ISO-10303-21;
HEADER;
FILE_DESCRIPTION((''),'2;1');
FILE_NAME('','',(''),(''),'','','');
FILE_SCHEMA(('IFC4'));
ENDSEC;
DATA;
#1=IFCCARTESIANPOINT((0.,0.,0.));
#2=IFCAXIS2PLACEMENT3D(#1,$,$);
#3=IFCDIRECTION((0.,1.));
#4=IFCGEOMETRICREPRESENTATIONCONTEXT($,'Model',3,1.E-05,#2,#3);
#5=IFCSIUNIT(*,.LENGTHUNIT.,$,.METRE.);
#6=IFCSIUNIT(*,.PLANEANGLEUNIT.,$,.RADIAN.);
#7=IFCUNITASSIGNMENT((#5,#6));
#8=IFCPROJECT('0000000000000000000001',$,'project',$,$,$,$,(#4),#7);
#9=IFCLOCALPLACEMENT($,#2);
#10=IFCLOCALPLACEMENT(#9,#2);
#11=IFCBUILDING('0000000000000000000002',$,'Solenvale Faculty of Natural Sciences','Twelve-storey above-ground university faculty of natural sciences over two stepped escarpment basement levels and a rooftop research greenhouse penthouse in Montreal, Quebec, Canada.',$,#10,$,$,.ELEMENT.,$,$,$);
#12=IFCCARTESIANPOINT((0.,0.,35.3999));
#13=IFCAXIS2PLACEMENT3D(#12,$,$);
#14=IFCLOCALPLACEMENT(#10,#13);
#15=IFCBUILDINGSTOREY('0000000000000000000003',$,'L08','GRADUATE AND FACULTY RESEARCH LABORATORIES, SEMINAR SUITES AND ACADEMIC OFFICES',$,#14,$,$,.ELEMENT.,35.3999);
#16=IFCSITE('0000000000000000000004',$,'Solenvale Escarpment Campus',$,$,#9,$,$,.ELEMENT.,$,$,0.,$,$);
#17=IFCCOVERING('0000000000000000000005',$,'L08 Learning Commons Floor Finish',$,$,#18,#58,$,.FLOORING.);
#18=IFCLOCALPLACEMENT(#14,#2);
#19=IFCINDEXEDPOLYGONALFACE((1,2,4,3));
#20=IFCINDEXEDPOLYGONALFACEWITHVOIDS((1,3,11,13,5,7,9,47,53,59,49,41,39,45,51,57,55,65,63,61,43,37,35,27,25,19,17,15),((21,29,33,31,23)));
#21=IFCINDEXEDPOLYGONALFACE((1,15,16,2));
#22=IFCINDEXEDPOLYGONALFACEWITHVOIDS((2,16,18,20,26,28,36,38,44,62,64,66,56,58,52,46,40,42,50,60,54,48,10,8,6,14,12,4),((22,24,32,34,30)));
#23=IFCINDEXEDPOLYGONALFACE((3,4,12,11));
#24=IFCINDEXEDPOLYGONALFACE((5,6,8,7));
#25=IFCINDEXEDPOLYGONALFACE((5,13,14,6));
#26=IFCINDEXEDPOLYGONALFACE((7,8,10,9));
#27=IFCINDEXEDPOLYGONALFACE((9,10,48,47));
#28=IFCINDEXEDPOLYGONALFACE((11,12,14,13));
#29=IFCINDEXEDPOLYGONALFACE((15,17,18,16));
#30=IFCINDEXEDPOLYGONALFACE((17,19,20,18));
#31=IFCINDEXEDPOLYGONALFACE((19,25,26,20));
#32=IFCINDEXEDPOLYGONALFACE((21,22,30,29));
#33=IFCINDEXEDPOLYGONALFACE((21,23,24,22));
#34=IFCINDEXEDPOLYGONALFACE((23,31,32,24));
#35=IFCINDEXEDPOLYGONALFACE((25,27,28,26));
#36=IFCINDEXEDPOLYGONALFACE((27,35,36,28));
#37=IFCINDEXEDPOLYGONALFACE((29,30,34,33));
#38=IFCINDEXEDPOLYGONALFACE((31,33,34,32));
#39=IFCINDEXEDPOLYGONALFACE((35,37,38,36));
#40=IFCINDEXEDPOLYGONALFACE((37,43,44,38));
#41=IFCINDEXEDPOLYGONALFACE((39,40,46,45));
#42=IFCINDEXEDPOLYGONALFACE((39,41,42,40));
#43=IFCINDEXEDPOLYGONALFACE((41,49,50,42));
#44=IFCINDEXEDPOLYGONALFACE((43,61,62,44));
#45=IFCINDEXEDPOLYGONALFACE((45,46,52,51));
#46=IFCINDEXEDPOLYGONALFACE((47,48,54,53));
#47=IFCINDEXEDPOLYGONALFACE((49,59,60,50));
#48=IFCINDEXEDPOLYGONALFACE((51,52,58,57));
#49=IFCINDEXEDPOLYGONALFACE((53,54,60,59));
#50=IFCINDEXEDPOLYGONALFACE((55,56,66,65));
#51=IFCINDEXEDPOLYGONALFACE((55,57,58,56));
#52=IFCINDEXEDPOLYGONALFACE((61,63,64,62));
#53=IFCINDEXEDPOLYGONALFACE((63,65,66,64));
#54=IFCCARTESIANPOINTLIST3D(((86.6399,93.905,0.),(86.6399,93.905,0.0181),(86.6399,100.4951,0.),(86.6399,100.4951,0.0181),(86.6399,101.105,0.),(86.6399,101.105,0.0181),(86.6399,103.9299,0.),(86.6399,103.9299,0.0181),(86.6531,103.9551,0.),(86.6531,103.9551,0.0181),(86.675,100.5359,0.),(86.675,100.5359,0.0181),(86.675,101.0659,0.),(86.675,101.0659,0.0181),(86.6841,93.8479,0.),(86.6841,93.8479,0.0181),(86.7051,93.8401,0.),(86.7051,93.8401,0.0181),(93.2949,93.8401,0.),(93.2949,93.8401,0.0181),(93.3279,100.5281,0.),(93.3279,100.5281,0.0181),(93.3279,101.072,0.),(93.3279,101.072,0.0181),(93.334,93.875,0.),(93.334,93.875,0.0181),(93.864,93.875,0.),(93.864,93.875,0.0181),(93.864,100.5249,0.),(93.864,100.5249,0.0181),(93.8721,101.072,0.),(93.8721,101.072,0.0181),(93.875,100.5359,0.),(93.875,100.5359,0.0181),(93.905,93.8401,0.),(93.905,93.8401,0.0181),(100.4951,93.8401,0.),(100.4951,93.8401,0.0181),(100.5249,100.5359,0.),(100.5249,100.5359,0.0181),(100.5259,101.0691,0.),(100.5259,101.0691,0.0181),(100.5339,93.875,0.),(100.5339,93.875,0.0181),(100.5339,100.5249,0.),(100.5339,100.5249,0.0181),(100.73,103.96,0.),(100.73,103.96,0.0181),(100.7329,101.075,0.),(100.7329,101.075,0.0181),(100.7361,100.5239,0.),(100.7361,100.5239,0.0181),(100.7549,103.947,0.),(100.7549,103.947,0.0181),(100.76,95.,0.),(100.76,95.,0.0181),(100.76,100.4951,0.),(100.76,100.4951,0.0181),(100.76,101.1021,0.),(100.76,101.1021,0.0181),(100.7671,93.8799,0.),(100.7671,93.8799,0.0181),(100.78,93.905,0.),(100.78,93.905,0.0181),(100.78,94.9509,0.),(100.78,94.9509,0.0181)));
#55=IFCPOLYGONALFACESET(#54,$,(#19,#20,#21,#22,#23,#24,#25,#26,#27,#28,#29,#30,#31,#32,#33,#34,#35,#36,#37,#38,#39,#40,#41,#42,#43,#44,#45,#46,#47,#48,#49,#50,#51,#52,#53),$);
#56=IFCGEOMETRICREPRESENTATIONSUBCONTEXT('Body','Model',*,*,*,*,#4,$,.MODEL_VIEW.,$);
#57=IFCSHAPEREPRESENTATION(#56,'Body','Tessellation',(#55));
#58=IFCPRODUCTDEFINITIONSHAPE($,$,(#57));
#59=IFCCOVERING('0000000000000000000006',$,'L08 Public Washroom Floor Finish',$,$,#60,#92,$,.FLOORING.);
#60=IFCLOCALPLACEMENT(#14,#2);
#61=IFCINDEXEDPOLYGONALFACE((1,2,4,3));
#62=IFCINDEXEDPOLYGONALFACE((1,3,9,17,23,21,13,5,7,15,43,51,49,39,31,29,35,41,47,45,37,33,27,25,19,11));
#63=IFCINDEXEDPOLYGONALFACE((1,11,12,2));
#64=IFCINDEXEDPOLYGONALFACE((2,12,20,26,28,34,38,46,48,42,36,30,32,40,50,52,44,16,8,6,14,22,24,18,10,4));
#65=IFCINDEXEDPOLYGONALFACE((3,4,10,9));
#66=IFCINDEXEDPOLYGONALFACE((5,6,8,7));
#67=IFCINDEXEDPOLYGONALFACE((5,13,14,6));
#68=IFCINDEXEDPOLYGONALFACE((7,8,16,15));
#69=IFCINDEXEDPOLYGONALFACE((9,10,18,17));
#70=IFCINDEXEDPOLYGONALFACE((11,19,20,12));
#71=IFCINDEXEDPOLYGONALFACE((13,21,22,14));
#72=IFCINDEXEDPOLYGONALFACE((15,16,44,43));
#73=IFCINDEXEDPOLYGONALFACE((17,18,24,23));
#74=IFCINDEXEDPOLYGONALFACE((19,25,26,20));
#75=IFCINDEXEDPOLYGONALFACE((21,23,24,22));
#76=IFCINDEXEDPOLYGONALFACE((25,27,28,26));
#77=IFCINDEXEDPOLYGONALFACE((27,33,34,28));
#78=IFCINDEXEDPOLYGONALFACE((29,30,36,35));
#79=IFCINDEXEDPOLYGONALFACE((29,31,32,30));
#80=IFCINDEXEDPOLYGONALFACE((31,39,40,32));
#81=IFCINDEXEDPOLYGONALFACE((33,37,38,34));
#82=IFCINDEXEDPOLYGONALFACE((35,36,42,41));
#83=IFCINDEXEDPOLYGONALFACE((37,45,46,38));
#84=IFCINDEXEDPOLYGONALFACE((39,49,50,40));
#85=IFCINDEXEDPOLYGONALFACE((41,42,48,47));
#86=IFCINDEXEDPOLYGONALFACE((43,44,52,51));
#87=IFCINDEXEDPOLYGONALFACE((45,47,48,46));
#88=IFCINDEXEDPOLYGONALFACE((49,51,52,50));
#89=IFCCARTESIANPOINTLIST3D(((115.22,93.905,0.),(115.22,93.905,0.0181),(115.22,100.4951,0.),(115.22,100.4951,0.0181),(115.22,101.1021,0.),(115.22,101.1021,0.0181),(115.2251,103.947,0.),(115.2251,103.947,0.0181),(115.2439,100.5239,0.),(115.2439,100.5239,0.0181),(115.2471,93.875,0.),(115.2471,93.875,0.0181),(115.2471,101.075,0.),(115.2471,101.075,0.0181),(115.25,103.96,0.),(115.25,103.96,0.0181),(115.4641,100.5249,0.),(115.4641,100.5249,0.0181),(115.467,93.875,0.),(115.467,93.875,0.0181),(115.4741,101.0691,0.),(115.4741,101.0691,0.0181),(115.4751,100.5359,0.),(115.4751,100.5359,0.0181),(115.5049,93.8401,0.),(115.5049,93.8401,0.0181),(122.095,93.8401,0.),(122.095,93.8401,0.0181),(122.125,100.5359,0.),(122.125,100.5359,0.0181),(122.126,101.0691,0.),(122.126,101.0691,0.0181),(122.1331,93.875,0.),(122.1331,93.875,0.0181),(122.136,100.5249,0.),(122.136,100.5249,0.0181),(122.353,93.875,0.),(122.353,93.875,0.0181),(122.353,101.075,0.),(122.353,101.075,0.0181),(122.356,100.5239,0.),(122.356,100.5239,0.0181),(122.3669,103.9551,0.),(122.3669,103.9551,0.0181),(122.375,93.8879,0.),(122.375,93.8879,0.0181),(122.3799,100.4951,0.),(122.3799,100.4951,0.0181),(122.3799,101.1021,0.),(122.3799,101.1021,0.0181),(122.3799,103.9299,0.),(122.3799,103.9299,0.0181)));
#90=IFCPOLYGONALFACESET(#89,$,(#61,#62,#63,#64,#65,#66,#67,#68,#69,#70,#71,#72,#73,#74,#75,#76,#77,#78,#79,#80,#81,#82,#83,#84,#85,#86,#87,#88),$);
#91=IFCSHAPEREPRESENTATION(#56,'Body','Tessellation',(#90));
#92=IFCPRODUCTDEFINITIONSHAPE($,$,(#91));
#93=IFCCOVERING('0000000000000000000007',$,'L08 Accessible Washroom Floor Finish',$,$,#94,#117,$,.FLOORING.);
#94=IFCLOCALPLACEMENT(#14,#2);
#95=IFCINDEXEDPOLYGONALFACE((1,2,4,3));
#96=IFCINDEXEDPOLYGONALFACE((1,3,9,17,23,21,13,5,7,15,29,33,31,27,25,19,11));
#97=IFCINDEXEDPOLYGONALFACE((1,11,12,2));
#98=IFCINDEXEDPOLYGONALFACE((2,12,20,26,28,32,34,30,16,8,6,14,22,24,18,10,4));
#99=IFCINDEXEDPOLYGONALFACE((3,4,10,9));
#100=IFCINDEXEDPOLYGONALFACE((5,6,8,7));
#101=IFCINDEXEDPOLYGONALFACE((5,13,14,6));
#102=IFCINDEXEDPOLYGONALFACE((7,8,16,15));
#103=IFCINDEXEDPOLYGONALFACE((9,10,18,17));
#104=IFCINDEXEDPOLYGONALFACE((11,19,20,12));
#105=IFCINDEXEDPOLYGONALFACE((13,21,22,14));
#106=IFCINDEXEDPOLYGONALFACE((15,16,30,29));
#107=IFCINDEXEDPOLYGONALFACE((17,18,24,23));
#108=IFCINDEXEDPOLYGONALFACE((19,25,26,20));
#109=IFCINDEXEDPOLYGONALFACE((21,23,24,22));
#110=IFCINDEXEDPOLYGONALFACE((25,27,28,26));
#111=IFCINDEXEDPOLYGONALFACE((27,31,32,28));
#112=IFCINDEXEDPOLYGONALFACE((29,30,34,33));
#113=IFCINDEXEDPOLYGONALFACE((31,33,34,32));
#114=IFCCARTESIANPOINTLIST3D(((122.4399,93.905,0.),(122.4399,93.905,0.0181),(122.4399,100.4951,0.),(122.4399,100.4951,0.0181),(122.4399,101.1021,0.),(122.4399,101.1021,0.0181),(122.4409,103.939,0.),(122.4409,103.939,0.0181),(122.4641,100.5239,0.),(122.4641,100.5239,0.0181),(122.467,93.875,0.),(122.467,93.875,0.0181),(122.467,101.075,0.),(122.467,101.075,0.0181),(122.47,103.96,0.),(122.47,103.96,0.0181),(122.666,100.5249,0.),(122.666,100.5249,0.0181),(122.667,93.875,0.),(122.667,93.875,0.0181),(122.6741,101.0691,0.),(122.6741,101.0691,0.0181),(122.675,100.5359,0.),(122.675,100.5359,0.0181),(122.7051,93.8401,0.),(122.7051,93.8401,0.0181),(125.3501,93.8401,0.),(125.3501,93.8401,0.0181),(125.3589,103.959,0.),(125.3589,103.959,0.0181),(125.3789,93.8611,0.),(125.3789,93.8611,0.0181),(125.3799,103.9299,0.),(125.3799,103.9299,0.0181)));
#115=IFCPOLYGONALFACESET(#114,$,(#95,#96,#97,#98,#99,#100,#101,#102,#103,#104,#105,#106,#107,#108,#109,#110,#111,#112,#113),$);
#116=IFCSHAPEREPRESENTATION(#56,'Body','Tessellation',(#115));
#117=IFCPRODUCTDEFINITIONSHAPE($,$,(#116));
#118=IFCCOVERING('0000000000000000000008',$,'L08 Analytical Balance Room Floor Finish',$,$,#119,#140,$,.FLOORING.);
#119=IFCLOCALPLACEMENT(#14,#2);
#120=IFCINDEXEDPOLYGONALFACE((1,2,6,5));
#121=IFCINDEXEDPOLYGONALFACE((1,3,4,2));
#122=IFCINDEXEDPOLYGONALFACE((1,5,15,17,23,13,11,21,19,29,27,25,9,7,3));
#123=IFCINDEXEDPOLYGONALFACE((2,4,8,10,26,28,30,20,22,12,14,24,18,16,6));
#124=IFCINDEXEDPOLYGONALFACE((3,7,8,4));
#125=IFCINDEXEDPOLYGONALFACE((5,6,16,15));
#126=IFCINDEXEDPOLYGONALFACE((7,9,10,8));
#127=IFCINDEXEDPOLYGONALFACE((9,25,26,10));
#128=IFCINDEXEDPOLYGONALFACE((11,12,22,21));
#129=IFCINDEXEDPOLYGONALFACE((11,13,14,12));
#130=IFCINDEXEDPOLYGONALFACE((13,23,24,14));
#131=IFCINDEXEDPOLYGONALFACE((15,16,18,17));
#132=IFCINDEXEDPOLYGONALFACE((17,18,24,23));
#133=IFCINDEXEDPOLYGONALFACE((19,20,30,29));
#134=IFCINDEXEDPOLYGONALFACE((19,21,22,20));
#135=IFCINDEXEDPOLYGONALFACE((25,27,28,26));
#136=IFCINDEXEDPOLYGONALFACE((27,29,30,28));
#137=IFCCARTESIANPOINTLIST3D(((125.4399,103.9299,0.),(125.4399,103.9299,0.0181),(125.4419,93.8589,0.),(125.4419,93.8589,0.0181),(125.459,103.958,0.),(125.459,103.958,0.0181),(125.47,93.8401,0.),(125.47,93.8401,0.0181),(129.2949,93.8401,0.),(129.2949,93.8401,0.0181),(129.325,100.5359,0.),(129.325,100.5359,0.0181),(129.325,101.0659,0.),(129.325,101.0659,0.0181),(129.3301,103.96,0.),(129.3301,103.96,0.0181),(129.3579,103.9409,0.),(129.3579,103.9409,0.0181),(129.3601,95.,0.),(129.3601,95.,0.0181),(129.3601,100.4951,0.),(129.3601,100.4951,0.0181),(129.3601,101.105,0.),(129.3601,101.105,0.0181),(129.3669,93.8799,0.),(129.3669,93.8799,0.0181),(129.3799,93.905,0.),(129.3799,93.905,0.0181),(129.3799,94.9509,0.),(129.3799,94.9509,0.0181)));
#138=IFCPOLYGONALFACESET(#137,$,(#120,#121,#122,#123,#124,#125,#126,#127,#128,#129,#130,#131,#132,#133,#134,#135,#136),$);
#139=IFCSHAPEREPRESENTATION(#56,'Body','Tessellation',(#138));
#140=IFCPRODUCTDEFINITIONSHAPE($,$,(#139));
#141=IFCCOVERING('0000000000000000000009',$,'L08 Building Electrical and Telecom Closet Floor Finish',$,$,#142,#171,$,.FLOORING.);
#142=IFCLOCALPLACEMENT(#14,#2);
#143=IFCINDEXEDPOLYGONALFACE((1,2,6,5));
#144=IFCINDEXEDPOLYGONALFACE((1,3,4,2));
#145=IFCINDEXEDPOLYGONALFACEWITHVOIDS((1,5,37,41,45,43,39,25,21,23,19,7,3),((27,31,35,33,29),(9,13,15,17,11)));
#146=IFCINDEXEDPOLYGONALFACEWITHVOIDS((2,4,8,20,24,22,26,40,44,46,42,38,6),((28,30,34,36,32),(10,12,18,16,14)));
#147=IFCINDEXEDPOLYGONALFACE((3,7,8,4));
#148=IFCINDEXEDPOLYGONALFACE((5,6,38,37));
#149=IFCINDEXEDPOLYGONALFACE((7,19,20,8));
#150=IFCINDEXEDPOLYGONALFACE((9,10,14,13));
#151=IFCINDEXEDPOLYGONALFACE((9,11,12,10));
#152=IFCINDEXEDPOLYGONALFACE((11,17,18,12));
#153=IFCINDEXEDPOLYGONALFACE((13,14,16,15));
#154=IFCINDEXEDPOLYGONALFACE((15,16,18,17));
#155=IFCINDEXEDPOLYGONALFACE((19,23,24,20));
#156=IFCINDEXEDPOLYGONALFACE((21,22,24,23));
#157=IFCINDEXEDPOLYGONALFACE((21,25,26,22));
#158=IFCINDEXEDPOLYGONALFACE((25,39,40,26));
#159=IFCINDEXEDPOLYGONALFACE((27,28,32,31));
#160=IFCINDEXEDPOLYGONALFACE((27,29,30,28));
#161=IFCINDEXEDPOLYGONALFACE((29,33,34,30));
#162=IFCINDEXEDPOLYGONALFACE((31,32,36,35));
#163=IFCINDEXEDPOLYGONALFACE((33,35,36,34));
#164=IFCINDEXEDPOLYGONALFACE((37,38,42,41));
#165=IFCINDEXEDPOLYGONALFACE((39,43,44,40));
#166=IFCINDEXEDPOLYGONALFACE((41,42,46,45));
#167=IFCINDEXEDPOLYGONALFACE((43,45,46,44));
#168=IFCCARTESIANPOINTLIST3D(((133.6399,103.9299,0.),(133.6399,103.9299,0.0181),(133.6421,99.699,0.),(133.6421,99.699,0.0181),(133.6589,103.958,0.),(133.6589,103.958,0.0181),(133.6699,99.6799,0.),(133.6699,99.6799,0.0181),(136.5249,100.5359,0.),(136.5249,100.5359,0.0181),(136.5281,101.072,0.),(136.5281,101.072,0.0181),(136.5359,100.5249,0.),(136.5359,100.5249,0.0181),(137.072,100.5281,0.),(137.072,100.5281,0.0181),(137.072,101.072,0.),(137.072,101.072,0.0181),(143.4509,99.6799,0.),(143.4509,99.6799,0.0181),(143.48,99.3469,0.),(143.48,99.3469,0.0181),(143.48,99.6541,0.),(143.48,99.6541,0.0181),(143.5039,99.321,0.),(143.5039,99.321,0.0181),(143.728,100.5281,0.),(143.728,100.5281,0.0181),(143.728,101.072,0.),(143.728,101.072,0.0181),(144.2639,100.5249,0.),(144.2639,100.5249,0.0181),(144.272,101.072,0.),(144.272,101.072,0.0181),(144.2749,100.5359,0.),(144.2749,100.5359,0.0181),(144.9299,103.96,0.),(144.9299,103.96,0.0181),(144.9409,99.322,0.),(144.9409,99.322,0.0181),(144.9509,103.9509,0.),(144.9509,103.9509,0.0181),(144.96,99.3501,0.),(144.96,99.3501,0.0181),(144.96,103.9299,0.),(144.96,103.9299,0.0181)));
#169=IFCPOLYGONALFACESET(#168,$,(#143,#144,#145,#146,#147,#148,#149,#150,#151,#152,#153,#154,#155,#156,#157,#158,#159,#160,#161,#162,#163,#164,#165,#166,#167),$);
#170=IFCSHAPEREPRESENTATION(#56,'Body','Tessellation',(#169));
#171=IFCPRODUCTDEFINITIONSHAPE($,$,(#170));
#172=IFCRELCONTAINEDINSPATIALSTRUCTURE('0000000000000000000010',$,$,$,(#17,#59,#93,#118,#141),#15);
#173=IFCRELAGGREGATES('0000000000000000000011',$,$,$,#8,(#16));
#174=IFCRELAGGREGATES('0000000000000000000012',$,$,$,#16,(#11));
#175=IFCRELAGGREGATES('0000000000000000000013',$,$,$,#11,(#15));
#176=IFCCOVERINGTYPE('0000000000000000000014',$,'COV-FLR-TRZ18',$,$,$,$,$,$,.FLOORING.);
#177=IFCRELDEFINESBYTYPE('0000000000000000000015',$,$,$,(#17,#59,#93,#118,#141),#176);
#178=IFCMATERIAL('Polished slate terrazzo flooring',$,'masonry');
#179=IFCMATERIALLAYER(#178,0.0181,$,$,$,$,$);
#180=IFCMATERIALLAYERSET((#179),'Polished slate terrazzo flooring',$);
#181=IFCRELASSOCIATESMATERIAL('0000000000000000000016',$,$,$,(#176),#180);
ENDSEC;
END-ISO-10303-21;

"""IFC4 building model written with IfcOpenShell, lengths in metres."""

from ifc_helpers import new_model, si_unit, direction, frame, origin, place, context, subcontext, project, spatial, polyline, outline, extrude, material, layer, layer_set, type_object, element, save


model = new_model("IFC4")

# Units and contexts
model_context = context("Model", 3, precision=1e-05, world=origin(), true_north=direction((0.0, 1.0)))
body_context = subcontext(model_context, "Body", "Model", "MODEL_VIEW")
ifc_project = project(units=[si_unit("LENGTHUNIT", "METRE"), si_unit("PLANEANGLEUNIT", "RADIAN")], contexts=[model_context])

# Site, building, storey
site_placement = place(None, origin())
site = spatial("IfcSite", under=ifc_project, at=site_placement, Name="Solenvale Escarpment Campus", CompositionType="ELEMENT", RefElevation=0.0)
building_placement = place(site_placement, origin())
building = spatial("IfcBuilding", under=site, at=building_placement, Name="Solenvale Faculty of Natural Sciences", Description="Twelve-storey above-ground university faculty of natural sciences over two stepped escarpment basement levels and a rooftop research greenhouse penthouse in Montreal, Quebec, Canada.", CompositionType="ELEMENT")
storey_placement = place(building_placement, frame((0.0, 0.0, 35.3999)))
storey = spatial("IfcBuildingStorey", under=building, at=storey_placement, Name="L08", Description="GRADUATE AND FACULTY RESEARCH LABORATORIES, SEMINAR SUITES AND ACADEMIC OFFICES", CompositionType="ELEMENT", Elevation=35.3999)

# Coverings
ifc_material_1 = material(Name="Polished slate terrazzo flooring", Category="masonry")
ifc_layer_1 = layer(ifc_material_1, 0.0181)
ifc_layer_set_1 = layer_set([ifc_layer_1], Name="Polished slate terrazzo flooring")
covering_type_1 = type_object("IfcCoveringType", Name="COV-FLR-TRZ18", PredefinedType="FLOORING", material=ifc_layer_set_1)
covering_1_placement = place(storey_placement, origin())
element("IfcCovering", 1, at=covering_1_placement, inside=storey, type_object=covering_type_1, Name="L08 Learning Commons Floor Finish", PredefinedType="FLOORING", context=body_context, shape_type="SweptSolid", body=[
    extrude(outline(polyline([(86.7051, 93.8401), (86.6841, 93.8479), (86.6399, 93.905), (86.6399, 100.4951), (86.675, 100.5359), (86.675, 101.0659), (86.6399, 101.105), (86.6399, 103.9299), (86.6531, 103.9551), (100.73, 103.96), (100.7549, 103.947), (100.76, 101.1021), (100.7329, 101.075), (100.5259, 101.0691), (100.5249, 100.5359), (100.5339, 100.5249), (100.7361, 100.5239), (100.76, 100.4951), (100.76, 95.0), (100.78, 94.9509), (100.78, 93.905), (100.7671, 93.8799), (100.5339, 93.875), (100.4951, 93.8401), (93.905, 93.8401), (93.864, 93.875), (93.334, 93.875), (93.2949, 93.8401), (86.7051, 93.8401)]), holes=[polyline([(93.864, 100.5249), (93.875, 100.5359), (93.8721, 101.072), (93.3279, 101.072), (93.3279, 100.5281), (93.864, 100.5249)])]), origin(), (0.0, 0.0, 1.0), 0.0181),
])
covering_2_placement = place(storey_placement, origin())
element("IfcCovering", 2, at=covering_2_placement, inside=storey, type_object=covering_type_1, Name="L08 Public Washroom Floor Finish", PredefinedType="FLOORING", context=body_context, shape_type="SweptSolid", body=[
    extrude(outline(polyline([(115.5049, 93.8401), (115.467, 93.875), (115.2471, 93.875), (115.22, 93.905), (115.22, 100.4951), (115.2439, 100.5239), (115.4641, 100.5249), (115.4751, 100.5359), (115.4741, 101.0691), (115.2471, 101.075), (115.22, 101.1021), (115.2251, 103.947), (115.25, 103.96), (122.3669, 103.9551), (122.3799, 103.9299), (122.3799, 101.1021), (122.353, 101.075), (122.126, 101.0691), (122.125, 100.5359), (122.136, 100.5249), (122.356, 100.5239), (122.3799, 100.4951), (122.375, 93.8879), (122.353, 93.875), (122.1331, 93.875), (122.095, 93.8401), (115.5049, 93.8401)])), origin(), (0.0, 0.0, 1.0), 0.0181),
])
covering_3_placement = place(storey_placement, origin())
element("IfcCovering", 3, at=covering_3_placement, inside=storey, type_object=covering_type_1, Name="L08 Accessible Washroom Floor Finish", PredefinedType="FLOORING", context=body_context, shape_type="SweptSolid", body=[
    extrude(outline(polyline([(122.7051, 93.8401), (122.667, 93.875), (122.467, 93.875), (122.4399, 93.905), (122.4399, 100.4951), (122.4641, 100.5239), (122.666, 100.5249), (122.675, 100.5359), (122.6741, 101.0691), (122.467, 101.075), (122.4399, 101.1021), (122.4409, 103.939), (122.47, 103.96), (125.3589, 103.959), (125.3799, 103.9299), (125.3789, 93.8611), (125.3501, 93.8401), (122.7051, 93.8401)])), origin(), (0.0, 0.0, 1.0), 0.0181),
])
covering_4_placement = place(storey_placement, origin())
element("IfcCovering", 4, at=covering_4_placement, inside=storey, type_object=covering_type_1, Name="L08 Analytical Balance Room Floor Finish", PredefinedType="FLOORING", context=body_context, shape_type="SweptSolid", body=[
    extrude(outline(polyline([(129.3669, 93.8799), (129.2949, 93.8401), (125.47, 93.8401), (125.4419, 93.8589), (125.4399, 103.9299), (125.459, 103.958), (129.3301, 103.96), (129.3579, 103.9409), (129.3601, 101.105), (129.325, 101.0659), (129.325, 100.5359), (129.3601, 100.4951), (129.3601, 95.0), (129.3799, 94.9509), (129.3799, 93.905), (129.3669, 93.8799)])), origin(), (0.0, 0.0, 1.0), 0.0181),
])
covering_5_placement = place(storey_placement, origin())
element("IfcCovering", 5, at=covering_5_placement, inside=storey, type_object=covering_type_1, Name="L08 Building Electrical and Telecom Closet Floor Finish", PredefinedType="FLOORING", context=body_context, shape_type="SweptSolid", body=[
    extrude(outline(polyline([(144.9299, 103.96), (144.9509, 103.9509), (144.96, 103.9299), (144.96, 99.3501), (144.9409, 99.322), (143.5039, 99.321), (143.48, 99.3469), (143.48, 99.6541), (143.4509, 99.6799), (133.6699, 99.6799), (133.6421, 99.699), (133.6399, 103.9299), (133.6589, 103.958), (144.9299, 103.96)]), holes=[polyline([(144.2639, 100.5249), (144.2749, 100.5359), (144.272, 101.072), (143.728, 101.072), (143.728, 100.5281), (144.2639, 100.5249)]), polyline([(136.5249, 100.5359), (136.5359, 100.5249), (137.072, 100.5281), (137.072, 101.072), (136.5281, 101.072), (136.5249, 100.5359)])]), origin(), (0.0, 0.0, 1.0), 0.0181),
])

save(model, "model.ifc")
